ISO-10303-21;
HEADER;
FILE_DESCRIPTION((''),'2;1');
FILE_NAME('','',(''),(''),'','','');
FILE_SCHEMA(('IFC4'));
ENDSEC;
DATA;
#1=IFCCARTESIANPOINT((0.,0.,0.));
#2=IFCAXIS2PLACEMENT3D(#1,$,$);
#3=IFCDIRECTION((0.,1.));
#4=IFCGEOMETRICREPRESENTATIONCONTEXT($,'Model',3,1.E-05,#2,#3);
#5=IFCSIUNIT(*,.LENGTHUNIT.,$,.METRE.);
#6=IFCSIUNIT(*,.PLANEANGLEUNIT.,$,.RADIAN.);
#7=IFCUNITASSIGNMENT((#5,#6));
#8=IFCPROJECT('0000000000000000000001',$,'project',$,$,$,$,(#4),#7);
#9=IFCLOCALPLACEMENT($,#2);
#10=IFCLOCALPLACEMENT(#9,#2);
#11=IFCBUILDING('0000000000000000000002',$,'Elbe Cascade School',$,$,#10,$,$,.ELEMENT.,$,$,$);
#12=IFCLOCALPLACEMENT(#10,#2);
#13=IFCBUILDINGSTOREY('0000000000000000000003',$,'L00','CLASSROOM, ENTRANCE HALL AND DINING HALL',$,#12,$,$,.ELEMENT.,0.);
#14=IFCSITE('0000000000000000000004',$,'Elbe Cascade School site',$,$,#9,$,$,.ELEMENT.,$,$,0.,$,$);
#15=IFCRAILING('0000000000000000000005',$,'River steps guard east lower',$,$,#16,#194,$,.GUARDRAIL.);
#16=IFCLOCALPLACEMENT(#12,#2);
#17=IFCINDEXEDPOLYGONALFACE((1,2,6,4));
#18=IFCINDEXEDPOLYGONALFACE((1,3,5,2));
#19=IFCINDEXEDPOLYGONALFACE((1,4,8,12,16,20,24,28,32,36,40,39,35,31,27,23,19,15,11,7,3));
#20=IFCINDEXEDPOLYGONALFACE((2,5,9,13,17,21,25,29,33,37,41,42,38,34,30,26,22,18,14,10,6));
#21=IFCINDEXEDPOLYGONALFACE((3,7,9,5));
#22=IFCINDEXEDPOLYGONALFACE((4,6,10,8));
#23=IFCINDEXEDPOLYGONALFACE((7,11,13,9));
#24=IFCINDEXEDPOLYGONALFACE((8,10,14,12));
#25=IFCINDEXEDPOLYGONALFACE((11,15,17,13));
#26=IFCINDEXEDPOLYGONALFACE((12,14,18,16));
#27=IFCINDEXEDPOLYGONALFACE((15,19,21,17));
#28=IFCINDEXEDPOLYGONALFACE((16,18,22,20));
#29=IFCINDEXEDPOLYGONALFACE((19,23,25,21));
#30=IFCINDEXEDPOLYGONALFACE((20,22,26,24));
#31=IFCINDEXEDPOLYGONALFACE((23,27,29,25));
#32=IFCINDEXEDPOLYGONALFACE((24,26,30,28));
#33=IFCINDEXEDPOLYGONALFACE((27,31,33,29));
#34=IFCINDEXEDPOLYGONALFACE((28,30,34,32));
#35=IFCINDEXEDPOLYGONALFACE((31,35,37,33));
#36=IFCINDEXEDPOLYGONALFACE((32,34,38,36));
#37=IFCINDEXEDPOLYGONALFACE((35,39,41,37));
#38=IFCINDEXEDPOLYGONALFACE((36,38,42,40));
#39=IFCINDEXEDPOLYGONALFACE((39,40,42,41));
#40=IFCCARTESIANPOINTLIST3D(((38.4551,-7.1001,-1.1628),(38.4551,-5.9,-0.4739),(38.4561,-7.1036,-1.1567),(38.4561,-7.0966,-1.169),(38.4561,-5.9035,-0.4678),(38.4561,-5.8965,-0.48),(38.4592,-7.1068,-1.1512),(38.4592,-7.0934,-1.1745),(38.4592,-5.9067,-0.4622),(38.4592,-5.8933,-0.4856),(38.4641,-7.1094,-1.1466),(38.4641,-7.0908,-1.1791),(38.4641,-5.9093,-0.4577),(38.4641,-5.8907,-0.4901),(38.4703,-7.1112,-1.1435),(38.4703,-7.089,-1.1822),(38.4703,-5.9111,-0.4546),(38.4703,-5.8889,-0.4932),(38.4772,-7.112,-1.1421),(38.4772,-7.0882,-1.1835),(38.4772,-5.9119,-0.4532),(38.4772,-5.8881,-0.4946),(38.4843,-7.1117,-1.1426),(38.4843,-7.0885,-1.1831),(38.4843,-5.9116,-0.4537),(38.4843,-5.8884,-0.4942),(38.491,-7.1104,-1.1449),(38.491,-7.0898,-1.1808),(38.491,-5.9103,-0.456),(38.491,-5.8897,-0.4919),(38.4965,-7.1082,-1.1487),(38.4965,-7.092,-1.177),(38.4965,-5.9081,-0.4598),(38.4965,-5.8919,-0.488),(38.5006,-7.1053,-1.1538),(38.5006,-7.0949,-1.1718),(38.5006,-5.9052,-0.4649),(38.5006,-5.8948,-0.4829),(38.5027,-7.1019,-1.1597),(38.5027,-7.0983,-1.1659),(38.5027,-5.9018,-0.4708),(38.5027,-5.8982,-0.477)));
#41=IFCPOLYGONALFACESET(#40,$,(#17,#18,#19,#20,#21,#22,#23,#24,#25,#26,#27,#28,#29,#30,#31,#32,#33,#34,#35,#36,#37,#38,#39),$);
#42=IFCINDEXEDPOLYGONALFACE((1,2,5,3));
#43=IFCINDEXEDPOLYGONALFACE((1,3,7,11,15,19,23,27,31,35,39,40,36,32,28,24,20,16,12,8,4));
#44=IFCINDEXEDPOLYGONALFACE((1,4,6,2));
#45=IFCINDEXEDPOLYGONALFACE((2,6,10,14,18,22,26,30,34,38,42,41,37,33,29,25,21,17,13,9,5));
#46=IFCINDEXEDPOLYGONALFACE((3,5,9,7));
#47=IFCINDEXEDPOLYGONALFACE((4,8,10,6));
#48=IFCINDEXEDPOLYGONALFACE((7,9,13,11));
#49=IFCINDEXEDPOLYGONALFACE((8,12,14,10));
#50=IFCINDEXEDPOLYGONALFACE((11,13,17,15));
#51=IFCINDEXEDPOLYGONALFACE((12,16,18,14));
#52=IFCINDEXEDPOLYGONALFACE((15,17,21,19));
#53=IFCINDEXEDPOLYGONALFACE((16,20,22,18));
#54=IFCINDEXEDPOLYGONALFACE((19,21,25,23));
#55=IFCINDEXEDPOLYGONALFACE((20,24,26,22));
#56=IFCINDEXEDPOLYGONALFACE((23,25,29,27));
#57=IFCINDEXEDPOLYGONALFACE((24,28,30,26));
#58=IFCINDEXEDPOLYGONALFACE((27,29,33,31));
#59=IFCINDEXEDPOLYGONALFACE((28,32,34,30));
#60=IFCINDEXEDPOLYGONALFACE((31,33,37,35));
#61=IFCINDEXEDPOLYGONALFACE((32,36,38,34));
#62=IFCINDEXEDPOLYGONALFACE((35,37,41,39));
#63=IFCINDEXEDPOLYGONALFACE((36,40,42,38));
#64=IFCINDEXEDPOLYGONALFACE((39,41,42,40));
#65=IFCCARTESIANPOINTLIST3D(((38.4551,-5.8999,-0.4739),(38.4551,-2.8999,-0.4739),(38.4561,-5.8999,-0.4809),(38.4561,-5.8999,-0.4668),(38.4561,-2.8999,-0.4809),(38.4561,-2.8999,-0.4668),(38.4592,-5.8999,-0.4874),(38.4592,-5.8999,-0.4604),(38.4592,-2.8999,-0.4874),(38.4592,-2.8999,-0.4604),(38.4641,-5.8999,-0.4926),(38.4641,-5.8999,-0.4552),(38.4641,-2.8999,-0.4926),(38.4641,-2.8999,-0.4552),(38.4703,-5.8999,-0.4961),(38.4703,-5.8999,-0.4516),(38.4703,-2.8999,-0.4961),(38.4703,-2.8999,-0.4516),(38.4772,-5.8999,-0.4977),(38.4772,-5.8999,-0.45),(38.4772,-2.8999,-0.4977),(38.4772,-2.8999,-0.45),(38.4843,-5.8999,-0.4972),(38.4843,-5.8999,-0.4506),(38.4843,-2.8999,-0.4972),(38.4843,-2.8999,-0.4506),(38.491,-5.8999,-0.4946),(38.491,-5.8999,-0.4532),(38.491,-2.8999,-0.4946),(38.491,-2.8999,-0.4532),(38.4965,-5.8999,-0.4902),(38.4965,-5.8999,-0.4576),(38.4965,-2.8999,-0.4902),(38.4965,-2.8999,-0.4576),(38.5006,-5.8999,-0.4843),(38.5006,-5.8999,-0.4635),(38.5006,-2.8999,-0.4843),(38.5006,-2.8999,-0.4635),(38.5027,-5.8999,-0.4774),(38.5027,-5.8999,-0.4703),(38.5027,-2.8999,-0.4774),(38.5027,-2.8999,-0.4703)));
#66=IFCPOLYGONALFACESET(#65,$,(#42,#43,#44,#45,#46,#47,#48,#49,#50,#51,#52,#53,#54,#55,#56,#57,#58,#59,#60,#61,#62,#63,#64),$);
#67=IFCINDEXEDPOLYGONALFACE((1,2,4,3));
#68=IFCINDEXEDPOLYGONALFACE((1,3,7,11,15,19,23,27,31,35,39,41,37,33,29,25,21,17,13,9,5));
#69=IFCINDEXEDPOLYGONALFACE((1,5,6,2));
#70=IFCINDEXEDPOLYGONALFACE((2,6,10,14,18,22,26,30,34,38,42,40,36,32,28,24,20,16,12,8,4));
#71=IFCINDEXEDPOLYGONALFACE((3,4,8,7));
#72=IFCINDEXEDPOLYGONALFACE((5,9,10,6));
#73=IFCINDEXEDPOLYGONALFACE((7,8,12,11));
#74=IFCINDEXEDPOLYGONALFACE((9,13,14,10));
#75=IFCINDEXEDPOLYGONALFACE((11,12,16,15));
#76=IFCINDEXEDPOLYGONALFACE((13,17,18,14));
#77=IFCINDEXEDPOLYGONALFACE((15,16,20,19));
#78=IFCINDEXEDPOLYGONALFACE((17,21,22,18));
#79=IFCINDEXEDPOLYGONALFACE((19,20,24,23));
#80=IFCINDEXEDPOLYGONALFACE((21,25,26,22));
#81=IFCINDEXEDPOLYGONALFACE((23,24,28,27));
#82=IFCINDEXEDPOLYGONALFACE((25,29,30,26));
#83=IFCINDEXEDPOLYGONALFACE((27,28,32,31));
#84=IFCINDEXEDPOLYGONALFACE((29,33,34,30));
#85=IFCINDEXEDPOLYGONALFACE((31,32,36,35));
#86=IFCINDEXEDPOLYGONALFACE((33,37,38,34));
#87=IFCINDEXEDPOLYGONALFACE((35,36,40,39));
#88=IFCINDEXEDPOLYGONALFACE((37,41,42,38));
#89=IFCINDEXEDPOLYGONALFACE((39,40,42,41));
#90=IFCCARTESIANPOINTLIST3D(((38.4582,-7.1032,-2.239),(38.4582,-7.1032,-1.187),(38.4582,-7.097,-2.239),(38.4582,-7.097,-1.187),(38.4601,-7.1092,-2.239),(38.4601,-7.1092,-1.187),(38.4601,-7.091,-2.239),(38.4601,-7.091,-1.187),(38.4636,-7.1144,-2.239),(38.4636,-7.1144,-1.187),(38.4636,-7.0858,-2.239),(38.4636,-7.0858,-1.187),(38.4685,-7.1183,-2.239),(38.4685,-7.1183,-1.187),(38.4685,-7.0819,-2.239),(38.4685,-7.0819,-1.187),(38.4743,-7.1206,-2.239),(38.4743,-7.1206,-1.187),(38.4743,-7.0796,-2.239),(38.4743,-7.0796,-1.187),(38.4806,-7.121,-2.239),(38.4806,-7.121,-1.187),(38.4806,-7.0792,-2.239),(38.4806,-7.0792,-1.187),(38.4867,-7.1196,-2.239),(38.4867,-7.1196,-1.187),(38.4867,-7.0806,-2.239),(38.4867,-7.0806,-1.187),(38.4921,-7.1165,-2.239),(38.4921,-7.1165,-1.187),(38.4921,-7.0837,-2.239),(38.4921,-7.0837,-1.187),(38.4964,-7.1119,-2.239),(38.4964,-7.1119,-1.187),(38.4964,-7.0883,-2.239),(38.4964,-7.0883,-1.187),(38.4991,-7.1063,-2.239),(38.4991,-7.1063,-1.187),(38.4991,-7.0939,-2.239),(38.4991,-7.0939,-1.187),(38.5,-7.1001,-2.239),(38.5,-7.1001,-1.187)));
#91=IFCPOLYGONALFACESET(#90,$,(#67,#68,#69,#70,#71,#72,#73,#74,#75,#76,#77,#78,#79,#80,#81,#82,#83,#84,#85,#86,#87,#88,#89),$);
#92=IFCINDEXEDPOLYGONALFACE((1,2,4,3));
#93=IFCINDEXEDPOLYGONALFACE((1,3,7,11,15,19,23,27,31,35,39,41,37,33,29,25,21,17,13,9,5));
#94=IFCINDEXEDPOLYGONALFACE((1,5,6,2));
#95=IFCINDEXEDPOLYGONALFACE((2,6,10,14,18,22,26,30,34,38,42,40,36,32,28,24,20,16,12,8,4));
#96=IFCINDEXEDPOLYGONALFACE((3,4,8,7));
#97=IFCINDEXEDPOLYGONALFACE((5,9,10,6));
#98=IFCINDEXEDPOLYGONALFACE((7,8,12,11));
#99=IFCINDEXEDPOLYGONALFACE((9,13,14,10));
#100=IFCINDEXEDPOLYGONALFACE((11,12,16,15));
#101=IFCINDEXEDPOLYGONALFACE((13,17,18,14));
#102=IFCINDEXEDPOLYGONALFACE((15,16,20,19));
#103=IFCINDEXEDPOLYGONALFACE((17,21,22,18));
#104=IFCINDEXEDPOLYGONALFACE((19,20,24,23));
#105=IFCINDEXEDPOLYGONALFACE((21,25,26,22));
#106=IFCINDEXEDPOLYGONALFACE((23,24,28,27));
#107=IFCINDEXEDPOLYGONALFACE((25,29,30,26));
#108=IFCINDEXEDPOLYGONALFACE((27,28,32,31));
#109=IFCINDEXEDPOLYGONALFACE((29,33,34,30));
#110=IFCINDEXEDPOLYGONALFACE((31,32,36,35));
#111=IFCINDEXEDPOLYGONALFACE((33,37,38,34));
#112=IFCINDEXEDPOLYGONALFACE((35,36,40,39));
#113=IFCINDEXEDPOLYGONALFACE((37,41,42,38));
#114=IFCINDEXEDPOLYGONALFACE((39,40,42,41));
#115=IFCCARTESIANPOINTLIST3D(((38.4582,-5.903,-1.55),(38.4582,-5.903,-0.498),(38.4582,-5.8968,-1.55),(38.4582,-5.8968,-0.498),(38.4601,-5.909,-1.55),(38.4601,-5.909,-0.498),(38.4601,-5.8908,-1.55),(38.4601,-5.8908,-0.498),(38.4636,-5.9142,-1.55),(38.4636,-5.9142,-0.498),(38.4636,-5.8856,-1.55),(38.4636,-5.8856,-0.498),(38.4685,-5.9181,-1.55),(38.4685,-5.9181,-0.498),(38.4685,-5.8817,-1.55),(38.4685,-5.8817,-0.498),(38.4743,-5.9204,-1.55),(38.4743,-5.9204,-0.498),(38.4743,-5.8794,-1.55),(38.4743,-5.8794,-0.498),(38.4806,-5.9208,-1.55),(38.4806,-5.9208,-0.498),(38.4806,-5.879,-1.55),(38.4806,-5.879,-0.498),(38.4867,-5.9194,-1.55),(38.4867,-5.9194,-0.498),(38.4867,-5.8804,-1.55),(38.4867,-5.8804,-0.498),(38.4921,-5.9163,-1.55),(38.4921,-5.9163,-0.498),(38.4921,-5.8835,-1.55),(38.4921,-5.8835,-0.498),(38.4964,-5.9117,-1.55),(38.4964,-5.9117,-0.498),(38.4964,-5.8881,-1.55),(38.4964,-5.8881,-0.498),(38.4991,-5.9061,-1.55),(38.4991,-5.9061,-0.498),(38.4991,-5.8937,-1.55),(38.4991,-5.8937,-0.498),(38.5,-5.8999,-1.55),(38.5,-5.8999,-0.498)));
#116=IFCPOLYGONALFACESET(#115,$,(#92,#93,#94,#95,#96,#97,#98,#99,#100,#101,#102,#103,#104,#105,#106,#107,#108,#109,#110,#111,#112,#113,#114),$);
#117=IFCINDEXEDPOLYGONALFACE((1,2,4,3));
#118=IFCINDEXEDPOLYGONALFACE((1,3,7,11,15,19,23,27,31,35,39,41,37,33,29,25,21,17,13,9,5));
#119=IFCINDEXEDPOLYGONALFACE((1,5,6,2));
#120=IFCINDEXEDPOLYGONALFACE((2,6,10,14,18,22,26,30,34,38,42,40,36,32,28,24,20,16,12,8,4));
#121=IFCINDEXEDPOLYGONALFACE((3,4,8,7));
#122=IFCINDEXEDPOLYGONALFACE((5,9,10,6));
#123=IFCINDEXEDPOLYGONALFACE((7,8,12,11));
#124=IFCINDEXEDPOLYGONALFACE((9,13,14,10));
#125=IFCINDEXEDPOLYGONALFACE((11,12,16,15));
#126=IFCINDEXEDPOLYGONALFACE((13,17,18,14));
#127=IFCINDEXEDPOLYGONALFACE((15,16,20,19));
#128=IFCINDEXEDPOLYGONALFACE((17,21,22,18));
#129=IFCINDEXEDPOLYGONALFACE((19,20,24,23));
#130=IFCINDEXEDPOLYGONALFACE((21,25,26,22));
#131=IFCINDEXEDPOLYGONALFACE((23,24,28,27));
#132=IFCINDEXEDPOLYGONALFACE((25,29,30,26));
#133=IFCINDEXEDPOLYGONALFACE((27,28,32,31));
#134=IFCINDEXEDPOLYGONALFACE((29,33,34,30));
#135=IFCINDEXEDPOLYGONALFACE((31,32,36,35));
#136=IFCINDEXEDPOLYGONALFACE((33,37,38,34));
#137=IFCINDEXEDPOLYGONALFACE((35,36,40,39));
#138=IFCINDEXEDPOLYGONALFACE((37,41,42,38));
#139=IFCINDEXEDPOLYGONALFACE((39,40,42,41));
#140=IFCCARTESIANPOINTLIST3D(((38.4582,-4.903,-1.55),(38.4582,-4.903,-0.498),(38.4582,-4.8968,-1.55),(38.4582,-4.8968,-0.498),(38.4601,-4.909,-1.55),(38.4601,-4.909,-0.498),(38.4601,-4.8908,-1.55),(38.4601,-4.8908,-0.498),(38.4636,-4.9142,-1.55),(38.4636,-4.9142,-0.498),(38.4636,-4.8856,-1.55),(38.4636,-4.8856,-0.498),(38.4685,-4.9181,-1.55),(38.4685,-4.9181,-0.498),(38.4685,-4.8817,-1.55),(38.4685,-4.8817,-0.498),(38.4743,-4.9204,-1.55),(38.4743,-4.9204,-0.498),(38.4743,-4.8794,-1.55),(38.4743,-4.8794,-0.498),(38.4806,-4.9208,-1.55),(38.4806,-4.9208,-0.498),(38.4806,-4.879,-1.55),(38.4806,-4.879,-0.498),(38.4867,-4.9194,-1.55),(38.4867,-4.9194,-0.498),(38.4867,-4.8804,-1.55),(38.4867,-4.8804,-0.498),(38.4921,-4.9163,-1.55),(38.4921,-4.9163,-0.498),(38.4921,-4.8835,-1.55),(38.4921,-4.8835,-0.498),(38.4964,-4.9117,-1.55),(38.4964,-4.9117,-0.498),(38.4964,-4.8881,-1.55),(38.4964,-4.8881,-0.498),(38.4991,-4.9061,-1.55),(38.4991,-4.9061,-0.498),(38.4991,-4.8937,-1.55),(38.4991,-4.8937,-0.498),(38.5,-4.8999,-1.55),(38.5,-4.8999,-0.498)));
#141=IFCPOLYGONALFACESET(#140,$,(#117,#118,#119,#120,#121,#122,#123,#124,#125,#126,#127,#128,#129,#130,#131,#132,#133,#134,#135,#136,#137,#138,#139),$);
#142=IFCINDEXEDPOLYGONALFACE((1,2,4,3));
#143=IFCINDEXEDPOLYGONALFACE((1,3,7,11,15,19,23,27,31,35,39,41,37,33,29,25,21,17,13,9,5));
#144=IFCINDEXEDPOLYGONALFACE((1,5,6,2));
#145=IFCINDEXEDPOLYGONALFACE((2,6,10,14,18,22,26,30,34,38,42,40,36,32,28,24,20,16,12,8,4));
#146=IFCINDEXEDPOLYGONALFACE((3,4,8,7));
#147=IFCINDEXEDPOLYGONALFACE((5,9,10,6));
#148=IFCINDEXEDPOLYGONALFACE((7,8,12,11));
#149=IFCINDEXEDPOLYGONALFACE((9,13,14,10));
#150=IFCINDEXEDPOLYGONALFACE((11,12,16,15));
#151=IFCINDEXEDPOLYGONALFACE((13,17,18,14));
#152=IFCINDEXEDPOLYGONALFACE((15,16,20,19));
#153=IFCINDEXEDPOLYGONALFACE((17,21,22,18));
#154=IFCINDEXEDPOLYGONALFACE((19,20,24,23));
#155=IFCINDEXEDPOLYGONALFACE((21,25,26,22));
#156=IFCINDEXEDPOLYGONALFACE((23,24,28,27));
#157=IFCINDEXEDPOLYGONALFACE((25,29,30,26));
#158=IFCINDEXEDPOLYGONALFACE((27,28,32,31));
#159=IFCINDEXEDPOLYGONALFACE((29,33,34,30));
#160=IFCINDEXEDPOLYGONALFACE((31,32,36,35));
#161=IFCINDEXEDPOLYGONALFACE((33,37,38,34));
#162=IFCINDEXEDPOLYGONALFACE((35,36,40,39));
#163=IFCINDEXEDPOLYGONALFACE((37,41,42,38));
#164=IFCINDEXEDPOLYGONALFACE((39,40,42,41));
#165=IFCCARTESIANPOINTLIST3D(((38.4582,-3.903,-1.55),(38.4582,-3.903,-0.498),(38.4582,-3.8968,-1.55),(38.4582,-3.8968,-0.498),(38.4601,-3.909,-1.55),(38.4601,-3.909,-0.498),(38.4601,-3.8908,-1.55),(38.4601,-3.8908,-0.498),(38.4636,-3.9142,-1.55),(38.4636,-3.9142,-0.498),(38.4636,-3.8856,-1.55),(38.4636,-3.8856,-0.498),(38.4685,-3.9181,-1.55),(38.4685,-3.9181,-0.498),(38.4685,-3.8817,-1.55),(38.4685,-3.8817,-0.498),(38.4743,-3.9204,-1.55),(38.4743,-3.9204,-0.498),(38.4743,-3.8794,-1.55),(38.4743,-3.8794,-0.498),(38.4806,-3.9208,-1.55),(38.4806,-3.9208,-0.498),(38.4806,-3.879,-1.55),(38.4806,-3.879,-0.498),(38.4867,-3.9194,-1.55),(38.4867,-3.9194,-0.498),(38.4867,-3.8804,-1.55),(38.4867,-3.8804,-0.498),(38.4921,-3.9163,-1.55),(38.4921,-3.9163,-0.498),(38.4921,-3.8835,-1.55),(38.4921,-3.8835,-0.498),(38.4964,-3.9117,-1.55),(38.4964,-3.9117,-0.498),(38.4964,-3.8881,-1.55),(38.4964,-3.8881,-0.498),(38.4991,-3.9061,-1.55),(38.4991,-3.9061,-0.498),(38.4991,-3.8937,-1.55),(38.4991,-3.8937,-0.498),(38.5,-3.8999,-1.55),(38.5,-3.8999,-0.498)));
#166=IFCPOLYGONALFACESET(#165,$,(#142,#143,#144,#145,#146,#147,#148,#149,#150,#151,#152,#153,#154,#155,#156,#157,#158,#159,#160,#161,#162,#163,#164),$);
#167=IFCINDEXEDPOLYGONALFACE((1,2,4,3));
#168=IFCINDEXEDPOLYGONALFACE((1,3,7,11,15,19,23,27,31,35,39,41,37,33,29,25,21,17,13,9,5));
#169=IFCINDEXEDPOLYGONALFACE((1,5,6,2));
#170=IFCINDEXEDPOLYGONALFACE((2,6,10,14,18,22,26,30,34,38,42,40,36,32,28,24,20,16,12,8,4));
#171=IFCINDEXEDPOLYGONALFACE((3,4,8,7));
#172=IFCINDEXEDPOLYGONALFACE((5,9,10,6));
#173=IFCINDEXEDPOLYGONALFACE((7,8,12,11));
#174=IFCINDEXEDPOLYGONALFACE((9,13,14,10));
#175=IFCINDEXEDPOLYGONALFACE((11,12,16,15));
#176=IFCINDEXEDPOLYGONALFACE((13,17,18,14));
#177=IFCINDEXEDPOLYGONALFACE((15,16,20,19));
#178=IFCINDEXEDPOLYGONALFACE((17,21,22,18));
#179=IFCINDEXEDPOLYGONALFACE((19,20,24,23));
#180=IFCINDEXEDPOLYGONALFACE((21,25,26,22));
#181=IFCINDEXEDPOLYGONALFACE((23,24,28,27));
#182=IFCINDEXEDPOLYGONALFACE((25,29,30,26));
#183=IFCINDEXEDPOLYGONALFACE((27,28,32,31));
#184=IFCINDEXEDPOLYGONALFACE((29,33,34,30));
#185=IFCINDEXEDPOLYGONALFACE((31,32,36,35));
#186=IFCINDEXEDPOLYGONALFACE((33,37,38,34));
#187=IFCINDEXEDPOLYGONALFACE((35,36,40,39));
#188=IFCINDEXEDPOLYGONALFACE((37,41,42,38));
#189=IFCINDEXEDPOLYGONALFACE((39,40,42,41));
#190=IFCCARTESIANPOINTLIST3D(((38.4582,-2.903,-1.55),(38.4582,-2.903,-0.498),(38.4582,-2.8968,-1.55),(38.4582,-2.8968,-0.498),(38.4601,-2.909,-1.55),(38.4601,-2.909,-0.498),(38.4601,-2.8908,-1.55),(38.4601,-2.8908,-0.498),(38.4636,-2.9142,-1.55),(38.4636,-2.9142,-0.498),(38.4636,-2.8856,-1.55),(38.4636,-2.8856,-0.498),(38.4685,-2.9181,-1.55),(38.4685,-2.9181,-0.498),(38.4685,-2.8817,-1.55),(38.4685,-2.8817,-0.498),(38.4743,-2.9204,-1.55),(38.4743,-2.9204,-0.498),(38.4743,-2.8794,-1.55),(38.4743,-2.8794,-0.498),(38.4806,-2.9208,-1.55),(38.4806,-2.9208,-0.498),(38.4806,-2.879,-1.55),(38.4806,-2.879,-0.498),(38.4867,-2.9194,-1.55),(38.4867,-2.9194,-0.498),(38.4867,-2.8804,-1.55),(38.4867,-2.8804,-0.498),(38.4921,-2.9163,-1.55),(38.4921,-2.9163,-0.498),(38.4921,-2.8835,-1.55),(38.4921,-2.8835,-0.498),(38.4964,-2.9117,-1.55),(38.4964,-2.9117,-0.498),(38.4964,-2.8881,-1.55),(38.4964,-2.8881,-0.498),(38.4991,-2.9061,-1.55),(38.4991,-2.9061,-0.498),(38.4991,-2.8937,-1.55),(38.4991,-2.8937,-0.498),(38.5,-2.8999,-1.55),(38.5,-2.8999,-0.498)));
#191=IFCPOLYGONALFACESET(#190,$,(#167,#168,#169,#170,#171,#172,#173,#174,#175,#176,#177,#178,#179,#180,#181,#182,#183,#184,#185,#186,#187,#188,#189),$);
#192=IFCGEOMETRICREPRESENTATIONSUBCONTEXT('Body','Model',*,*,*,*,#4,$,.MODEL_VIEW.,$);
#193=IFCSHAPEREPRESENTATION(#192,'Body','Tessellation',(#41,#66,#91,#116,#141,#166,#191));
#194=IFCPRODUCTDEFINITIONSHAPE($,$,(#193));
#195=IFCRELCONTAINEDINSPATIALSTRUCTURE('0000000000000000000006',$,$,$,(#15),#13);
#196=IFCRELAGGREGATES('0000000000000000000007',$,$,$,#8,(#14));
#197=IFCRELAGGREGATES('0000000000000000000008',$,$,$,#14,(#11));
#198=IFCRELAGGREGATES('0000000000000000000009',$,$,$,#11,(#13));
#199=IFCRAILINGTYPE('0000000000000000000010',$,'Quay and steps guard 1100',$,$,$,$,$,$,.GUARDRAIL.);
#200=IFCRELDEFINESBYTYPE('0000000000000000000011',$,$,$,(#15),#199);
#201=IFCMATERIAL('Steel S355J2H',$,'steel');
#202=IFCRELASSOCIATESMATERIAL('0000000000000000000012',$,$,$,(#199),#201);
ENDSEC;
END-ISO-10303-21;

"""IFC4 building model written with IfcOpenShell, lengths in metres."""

from ifc_helpers import new_model, si_unit, direction, frame, origin, origin_2d, place, context, subcontext, project, spatial, circle, extrude, material, type_object, element, save


model = new_model("IFC4")

# Units and contexts
model_context = context("Model", 3, precision=1e-05, world=origin(), true_north=direction((0.0, 1.0)))
body_context = subcontext(model_context, "Body", "Model", "MODEL_VIEW")
ifc_project = project(units=[si_unit("LENGTHUNIT", "METRE"), si_unit("PLANEANGLEUNIT", "RADIAN")], contexts=[model_context])

# Site, building, storey
site_placement = place(None, origin())
site = spatial("IfcSite", under=ifc_project, at=site_placement, Name="Elbe Cascade School site", CompositionType="ELEMENT", RefElevation=0.0)
building_placement = place(site_placement, origin())
building = spatial("IfcBuilding", under=site, at=building_placement, Name="Elbe Cascade School", CompositionType="ELEMENT")
storey_placement = place(building_placement, origin())
storey = spatial("IfcBuildingStorey", under=building, at=storey_placement, Name="L00", Description="CLASSROOM, ENTRANCE HALL AND DINING HALL", CompositionType="ELEMENT", Elevation=0.0)

# Railing
ifc_material_1 = material(Name="Steel S355J2H", Category="steel")
railing_type_1 = type_object("IfcRailingType", Name="Quay and steps guard 1100", PredefinedType="GUARDRAIL", material=ifc_material_1)
railing_1_placement = place(storey_placement, frame((38.479, -7.1001, -2.239)))
element("IfcRailing", 1, at=railing_1_placement, inside=storey, type_object=railing_type_1, Name="River steps guard east lower", PredefinedType="GUARDRAIL", context=body_context, shape_type="SweptSolid", body=[
    extrude(circle(Radius=0.0239, at=origin_2d()), frame((0.0, 0.0, 1.0762), z_axis=(0.0, 0.867264, 0.497848), x_axis=(-1.0, 0.0, 0.0)), (0.0, 0.0, 1.0), 1.3838),
    extrude(circle(Radius=0.0239, at=origin_2d()), frame((0.0, 1.2002, 1.7651), z_axis=(0.0, 1.0, 0.0), x_axis=(-1.0, 0.0, 0.0)), (0.0, 0.0, 1.0), 3.0),
    extrude(circle(Radius=0.021, at=origin_2d()), origin(), (0.0, 0.0, 1.0), 1.052),
    extrude(circle(Radius=0.021, at=origin_2d()), frame((0.0, 1.2002, 0.689)), (0.0, 0.0, 1.0), 1.052),
    extrude(circle(Radius=0.021, at=origin_2d()), frame((0.0, 2.2002, 0.689)), (0.0, 0.0, 1.0), 1.052),
    extrude(circle(Radius=0.021, at=origin_2d()), frame((0.0, 3.2002, 0.689)), (0.0, 0.0, 1.0), 1.052),
    extrude(circle(Radius=0.021, at=origin_2d()), frame((0.0, 4.2002, 0.689)), (0.0, 0.0, 1.0), 1.052),
])

save(model, "model.ifc")
